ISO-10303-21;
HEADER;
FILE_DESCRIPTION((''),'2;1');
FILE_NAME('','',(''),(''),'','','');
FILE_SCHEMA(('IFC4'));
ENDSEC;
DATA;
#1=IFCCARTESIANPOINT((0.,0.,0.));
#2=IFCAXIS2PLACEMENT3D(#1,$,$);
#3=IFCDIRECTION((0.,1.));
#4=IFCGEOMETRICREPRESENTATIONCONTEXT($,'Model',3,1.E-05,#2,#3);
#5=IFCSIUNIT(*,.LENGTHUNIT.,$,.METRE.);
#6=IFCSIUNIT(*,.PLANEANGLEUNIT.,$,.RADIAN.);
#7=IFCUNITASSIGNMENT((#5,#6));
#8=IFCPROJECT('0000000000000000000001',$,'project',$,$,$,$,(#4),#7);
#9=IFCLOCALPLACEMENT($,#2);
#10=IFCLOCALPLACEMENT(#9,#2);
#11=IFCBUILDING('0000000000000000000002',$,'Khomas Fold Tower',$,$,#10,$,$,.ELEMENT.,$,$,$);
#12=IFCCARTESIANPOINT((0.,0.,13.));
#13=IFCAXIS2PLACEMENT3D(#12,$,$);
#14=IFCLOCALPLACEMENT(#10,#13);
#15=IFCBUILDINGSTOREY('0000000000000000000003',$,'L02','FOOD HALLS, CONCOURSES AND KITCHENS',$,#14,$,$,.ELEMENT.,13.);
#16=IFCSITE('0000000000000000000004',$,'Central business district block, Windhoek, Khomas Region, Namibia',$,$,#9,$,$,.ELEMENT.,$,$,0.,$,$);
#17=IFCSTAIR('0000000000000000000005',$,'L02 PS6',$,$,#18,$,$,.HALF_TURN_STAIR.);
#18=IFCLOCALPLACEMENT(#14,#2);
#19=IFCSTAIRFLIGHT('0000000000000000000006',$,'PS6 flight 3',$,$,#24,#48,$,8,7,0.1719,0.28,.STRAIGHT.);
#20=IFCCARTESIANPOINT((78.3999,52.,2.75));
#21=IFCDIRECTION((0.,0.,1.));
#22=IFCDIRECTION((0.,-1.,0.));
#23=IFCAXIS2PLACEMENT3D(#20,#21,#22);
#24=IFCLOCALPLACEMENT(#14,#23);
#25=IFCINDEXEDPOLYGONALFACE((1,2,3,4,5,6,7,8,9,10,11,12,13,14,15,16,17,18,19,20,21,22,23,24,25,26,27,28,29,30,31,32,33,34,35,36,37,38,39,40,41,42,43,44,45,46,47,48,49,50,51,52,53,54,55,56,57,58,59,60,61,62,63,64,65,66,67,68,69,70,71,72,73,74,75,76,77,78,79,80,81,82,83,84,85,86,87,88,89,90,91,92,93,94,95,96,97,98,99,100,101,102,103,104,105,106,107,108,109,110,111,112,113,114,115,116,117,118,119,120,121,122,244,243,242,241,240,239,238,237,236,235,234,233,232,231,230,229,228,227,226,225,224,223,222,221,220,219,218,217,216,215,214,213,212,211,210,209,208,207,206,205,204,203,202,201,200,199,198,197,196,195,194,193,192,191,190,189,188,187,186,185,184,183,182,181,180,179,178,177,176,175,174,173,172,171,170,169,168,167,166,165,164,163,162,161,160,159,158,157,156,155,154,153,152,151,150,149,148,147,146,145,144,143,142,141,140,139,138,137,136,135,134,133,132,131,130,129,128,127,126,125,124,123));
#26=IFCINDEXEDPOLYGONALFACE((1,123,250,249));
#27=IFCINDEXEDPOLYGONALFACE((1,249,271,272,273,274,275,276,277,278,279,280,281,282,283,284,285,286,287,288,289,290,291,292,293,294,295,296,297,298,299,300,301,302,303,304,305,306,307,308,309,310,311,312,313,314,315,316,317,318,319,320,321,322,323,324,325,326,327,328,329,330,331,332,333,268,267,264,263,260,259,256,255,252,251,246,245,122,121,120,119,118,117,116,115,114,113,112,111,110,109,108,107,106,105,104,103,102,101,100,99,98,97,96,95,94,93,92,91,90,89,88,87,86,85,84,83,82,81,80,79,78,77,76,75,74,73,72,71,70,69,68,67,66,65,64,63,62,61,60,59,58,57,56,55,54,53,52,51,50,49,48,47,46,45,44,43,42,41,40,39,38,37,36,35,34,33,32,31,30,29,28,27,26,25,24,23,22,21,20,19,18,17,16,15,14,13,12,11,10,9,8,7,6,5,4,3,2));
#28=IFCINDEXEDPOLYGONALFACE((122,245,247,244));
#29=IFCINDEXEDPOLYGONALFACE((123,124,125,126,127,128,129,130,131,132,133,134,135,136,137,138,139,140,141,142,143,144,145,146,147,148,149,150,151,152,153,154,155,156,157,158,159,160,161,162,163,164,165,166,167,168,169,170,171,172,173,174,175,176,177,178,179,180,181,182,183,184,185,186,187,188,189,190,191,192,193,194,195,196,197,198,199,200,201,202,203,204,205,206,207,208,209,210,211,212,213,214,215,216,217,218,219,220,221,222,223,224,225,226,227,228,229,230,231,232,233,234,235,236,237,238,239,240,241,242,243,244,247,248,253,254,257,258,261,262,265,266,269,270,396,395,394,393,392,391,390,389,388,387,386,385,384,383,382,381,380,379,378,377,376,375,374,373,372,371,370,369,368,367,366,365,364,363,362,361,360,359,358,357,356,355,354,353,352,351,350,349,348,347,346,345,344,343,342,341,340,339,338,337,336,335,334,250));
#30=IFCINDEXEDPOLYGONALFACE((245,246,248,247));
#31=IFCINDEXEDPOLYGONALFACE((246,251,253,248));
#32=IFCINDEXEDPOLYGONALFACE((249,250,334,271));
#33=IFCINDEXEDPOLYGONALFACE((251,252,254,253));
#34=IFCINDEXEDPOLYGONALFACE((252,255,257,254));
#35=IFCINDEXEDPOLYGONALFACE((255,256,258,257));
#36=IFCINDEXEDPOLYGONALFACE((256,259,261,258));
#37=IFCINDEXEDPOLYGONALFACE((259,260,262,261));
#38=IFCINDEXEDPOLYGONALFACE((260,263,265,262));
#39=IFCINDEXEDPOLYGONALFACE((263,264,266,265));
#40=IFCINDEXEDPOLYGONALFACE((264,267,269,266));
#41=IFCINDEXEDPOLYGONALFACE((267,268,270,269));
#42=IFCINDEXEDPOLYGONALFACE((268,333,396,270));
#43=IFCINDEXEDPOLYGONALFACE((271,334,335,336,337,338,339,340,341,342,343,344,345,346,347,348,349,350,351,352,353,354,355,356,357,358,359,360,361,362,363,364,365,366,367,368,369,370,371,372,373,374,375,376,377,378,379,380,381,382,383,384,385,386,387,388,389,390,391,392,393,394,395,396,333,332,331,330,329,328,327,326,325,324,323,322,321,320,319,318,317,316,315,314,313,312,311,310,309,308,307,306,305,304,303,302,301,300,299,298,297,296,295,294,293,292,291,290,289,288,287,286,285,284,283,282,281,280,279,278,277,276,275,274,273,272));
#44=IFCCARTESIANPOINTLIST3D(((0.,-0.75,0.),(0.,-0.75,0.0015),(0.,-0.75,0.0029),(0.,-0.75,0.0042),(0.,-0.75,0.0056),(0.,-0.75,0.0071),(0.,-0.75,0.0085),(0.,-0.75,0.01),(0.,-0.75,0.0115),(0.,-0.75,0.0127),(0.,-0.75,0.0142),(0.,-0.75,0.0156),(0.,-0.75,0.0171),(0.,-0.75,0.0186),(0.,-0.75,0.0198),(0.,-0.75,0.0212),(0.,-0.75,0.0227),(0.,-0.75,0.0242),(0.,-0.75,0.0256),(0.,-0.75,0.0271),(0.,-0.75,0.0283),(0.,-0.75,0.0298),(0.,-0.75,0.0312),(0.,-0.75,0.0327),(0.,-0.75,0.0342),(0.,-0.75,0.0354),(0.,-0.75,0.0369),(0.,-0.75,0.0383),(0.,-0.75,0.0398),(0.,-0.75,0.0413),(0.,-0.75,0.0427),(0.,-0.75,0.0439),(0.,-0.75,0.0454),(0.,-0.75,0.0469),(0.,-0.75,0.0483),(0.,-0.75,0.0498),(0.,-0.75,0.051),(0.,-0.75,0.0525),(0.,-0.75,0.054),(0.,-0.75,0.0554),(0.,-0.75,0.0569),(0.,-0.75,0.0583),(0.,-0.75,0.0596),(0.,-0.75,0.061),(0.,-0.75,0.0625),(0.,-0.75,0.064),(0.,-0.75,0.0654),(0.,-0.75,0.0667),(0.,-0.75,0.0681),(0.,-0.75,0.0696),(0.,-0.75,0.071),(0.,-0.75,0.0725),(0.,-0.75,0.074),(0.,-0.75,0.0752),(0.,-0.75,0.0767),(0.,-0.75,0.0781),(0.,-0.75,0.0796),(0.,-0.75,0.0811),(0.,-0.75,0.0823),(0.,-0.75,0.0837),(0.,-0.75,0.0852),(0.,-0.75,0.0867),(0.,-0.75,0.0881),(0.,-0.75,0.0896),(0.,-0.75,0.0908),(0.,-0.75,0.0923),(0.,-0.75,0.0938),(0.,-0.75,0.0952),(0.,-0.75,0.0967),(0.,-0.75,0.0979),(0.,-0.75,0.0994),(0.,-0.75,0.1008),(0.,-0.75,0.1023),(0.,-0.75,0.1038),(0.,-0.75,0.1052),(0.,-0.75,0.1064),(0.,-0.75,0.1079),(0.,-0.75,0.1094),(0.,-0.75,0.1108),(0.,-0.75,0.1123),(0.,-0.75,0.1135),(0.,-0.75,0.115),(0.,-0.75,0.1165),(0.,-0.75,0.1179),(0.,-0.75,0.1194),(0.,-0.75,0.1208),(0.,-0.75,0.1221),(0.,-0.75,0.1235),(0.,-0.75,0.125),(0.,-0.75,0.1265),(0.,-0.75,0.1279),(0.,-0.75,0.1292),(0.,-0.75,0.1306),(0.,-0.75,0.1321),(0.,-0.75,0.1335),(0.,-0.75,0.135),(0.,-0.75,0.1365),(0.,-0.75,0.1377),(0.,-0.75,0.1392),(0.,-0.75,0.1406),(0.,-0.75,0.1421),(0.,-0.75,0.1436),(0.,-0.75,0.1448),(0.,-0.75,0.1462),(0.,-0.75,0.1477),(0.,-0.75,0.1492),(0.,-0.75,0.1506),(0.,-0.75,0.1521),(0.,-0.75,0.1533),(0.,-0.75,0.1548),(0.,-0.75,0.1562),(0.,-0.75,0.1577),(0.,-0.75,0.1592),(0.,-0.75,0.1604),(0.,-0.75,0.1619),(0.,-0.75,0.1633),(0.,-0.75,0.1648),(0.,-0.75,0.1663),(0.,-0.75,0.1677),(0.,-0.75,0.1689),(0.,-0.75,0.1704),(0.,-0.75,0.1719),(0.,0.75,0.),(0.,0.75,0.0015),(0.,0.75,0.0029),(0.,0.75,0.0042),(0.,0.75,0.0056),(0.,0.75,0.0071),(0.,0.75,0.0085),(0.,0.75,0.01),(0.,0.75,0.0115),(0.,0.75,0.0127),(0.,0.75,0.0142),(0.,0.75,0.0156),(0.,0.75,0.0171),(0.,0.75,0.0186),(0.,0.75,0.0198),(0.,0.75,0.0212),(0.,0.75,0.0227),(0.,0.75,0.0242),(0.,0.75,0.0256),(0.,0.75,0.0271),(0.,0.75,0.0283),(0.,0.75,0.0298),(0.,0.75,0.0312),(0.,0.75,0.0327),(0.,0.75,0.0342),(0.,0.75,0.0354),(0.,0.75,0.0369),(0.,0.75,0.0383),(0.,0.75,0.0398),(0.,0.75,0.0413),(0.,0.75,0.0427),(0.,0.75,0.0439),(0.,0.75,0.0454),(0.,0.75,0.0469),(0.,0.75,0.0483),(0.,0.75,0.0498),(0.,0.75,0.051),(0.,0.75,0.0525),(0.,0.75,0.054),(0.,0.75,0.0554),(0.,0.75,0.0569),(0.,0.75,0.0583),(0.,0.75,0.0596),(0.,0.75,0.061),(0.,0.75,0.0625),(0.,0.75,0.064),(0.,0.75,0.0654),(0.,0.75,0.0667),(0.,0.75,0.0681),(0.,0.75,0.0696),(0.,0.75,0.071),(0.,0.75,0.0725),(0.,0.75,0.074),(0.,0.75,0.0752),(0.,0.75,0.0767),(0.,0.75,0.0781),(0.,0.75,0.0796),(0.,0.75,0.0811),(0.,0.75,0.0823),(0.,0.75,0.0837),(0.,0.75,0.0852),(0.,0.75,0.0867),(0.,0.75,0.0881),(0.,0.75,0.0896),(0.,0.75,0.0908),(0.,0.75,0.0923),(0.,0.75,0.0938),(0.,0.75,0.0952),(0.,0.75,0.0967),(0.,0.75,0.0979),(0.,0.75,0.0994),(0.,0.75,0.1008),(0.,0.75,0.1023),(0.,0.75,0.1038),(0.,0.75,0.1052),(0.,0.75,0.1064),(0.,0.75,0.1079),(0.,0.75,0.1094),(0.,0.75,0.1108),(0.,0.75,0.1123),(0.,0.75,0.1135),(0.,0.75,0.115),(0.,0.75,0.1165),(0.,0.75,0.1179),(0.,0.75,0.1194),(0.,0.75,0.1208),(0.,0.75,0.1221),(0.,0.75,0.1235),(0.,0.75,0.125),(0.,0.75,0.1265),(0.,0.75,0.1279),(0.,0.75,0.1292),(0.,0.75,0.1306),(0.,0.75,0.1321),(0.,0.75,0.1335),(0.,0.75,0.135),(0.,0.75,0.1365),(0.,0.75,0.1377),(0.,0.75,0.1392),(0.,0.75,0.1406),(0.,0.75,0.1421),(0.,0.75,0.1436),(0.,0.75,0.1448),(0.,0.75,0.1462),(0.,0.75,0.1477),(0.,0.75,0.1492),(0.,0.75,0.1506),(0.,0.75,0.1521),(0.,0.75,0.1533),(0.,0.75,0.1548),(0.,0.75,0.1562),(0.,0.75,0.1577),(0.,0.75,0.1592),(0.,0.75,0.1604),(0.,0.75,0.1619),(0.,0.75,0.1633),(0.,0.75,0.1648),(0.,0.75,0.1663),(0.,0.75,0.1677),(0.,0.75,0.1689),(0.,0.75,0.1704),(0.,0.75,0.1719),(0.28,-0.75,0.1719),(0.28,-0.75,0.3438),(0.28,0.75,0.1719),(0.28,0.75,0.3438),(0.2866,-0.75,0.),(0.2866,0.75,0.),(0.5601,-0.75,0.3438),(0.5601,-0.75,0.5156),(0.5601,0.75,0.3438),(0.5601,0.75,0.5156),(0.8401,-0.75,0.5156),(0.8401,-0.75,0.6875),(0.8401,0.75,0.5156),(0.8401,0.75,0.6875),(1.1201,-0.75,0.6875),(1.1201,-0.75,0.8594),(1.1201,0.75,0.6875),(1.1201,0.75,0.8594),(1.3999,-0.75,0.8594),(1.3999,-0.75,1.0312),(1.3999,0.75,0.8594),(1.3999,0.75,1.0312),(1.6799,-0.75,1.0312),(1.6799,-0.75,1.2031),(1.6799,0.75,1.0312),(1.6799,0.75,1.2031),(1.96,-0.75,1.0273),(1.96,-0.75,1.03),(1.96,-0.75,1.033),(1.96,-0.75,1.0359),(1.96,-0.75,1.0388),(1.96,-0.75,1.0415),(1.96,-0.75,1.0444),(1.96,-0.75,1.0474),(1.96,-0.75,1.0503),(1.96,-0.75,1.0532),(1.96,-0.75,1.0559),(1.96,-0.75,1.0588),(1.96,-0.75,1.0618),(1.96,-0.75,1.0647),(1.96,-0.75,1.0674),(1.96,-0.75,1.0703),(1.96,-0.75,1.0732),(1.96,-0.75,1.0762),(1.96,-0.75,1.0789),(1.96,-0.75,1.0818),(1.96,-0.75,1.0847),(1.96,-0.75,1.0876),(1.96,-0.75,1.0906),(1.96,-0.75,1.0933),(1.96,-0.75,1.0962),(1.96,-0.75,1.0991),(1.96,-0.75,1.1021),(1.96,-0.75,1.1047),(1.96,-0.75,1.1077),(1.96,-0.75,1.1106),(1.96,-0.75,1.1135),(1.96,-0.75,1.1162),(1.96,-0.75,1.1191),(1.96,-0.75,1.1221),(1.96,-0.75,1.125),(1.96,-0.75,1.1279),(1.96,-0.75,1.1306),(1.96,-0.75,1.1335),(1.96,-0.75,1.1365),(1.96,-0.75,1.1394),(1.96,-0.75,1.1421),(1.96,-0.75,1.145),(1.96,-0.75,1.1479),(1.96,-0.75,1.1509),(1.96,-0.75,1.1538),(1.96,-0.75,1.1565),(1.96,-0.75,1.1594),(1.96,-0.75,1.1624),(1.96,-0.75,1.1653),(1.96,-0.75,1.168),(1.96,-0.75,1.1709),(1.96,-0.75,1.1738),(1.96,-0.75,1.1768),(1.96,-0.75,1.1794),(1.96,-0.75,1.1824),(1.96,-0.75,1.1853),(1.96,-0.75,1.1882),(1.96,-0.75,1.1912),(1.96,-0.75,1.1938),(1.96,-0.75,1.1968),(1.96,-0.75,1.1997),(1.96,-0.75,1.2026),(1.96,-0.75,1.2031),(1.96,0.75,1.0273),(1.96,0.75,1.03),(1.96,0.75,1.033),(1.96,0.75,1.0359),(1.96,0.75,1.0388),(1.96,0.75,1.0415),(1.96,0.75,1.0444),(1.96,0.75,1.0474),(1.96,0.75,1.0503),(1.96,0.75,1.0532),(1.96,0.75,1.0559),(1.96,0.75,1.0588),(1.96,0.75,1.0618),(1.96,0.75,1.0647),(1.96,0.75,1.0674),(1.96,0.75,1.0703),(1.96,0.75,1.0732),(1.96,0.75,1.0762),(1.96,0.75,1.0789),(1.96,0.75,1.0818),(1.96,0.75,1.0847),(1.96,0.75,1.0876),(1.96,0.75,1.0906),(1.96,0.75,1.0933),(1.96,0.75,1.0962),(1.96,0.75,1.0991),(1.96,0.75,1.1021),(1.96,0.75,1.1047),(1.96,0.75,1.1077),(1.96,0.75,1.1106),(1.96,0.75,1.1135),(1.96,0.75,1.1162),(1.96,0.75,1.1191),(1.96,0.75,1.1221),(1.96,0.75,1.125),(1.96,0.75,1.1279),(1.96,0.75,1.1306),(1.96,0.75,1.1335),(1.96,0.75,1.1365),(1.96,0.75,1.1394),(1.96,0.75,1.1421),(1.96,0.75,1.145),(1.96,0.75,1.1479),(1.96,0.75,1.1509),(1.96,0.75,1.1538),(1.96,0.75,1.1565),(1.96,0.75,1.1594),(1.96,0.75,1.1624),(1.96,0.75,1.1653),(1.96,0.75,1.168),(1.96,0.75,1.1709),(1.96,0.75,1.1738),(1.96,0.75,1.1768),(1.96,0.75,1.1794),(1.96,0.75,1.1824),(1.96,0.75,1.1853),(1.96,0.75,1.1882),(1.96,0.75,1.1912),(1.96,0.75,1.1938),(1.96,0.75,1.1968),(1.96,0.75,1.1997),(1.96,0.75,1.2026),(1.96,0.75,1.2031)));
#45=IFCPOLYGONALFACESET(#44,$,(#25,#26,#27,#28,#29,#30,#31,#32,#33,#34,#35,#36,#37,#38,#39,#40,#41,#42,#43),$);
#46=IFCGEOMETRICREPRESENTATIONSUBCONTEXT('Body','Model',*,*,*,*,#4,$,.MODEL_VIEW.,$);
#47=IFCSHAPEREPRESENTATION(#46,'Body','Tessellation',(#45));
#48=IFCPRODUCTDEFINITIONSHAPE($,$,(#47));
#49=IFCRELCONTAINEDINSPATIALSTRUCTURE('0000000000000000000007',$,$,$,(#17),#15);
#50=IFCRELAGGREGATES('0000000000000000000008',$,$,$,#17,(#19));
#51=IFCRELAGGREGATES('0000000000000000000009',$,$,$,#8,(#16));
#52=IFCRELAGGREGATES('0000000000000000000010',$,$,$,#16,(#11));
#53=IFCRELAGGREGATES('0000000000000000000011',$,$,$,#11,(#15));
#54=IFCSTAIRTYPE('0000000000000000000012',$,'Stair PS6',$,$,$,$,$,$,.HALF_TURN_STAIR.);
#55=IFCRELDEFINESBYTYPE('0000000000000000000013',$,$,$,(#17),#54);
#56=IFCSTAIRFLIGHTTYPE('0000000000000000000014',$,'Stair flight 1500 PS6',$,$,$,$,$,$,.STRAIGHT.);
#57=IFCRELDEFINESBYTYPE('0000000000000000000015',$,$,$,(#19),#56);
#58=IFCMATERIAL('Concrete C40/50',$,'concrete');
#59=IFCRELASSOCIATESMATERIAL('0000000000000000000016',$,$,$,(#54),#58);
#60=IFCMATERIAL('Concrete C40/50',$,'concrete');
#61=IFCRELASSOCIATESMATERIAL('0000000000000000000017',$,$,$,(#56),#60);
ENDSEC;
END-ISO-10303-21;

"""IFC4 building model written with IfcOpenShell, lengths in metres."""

from ifc_helpers import new_model, si_unit, direction, frame, origin, place, context, subcontext, project, spatial, polyline, outline, extrude, source, transform, mapped, material, type_object, element, aggregate, save


model = new_model("IFC4")

# Units and contexts
model_context = context("Model", 3, precision=1e-05, world=origin(), true_north=direction((0.0, 1.0)))
body_context = subcontext(model_context, "Body", "Model", "MODEL_VIEW")
ifc_project = project(units=[si_unit("LENGTHUNIT", "METRE"), si_unit("PLANEANGLEUNIT", "RADIAN")], contexts=[model_context])

# Site, building, storey
site_placement = place(None, origin())
site = spatial("IfcSite", under=ifc_project, at=site_placement, Name="Central business district block, Windhoek, Khomas Region, Namibia", CompositionType="ELEMENT", RefElevation=0.0)
building_placement = place(site_placement, origin())
building = spatial("IfcBuilding", under=site, at=building_placement, Name="Khomas Fold Tower", CompositionType="ELEMENT")
storey_placement = place(building_placement, frame((0.0, 0.0, 13.0)))
storey = spatial("IfcBuildingStorey", under=building, at=storey_placement, Name="L02", Description="FOOD HALLS, CONCOURSES AND KITCHENS", CompositionType="ELEMENT", Elevation=13.0)

# Stair, stair flight
shared_shape_1 = source(origin(), body_context, "Body", "SweptSolid", [
    extrude(outline(polyline([(0.0, 0.0), (0.0, 0.0015), (0.0, 0.0029), (0.0, 0.0042), (0.0, 0.0056), (0.0, 0.0071), (0.0, 0.0085), (0.0, 0.01), (0.0, 0.0115), (0.0, 0.0127), (0.0, 0.0142), (0.0, 0.0156), (0.0, 0.0171), (0.0, 0.0186), (0.0, 0.0198), (0.0, 0.0212), (0.0, 0.0227), (0.0, 0.0242), (0.0, 0.0256), (0.0, 0.0271), (0.0, 0.0283), (0.0, 0.0298), (0.0, 0.0312), (0.0, 0.0327), (0.0, 0.0342), (0.0, 0.0354), (0.0, 0.0369), (0.0, 0.0383), (0.0, 0.0398), (0.0, 0.0413), (0.0, 0.0427), (0.0, 0.0439), (0.0, 0.0454), (0.0, 0.0469), (0.0, 0.0483), (0.0, 0.0498), (0.0, 0.051), (0.0, 0.0525), (0.0, 0.054), (0.0, 0.0554), (0.0, 0.0569), (0.0, 0.0583), (0.0, 0.0596), (0.0, 0.061), (0.0, 0.0625), (0.0, 0.064), (0.0, 0.0654), (0.0, 0.0667), (0.0, 0.0681), (0.0, 0.0696), (0.0, 0.071), (0.0, 0.0725), (0.0, 0.074), (0.0, 0.0752), (0.0, 0.0767), (0.0, 0.0781), (0.0, 0.0796), (0.0, 0.0811), (0.0, 0.0823), (0.0, 0.0837), (0.0, 0.0852), (0.0, 0.0867), (0.0, 0.0881), (0.0, 0.0896), (0.0, 0.0908), (0.0, 0.0923), (0.0, 0.0938), (0.0, 0.0952), (0.0, 0.0967), (0.0, 0.0979), (0.0, 0.0994), (0.0, 0.1008), (0.0, 0.1023), (0.0, 0.1038), (0.0, 0.1052), (0.0, 0.1064), (0.0, 0.1079), (0.0, 0.1094), (0.0, 0.1108), (0.0, 0.1123), (0.0, 0.1135), (0.0, 0.115), (0.0, 0.1165), (0.0, 0.1179), (0.0, 0.1194), (0.0, 0.1208), (0.0, 0.1221), (0.0, 0.1235), (0.0, 0.125), (0.0, 0.1265), (0.0, 0.1279), (0.0, 0.1292), (0.0, 0.1306), (0.0, 0.1321), (0.0, 0.1335), (0.0, 0.135), (0.0, 0.1365), (0.0, 0.1377), (0.0, 0.1392), (0.0, 0.1406), (0.0, 0.1421), (0.0, 0.1436), (0.0, 0.1448), (0.0, 0.1462), (0.0, 0.1477), (0.0, 0.1492), (0.0, 0.1506), (0.0, 0.1521), (0.0, 0.1533), (0.0, 0.1548), (0.0, 0.1562), (0.0, 0.1577), (0.0, 0.1592), (0.0, 0.1604), (0.0, 0.1619), (0.0, 0.1633), (0.0, 0.1648), (0.0, 0.1663), (0.0, 0.1677), (0.0, 0.1689), (0.0, 0.1704), (0.0, 0.1719), (0.28, 0.1719), (0.28, 0.3438), (0.5601, 0.3438), (0.5601, 0.5156), (0.8401, 0.5156), (0.8401, 0.6875), (1.1201, 0.6875), (1.1201, 0.8594), (1.3999, 0.8594), (1.3999, 1.0312), (1.6799, 1.0312), (1.6799, 1.2031), (1.96, 1.2031), (1.96, 1.375), (1.96, 1.3721), (1.96, 1.3691), (1.96, 1.3665), (1.96, 1.3635), (1.96, 1.3606), (1.96, 1.3577), (1.96, 1.355), (1.96, 1.3521), (1.96, 1.3491), (1.96, 1.3462), (1.96, 1.3435), (1.96, 1.3406), (1.96, 1.3376), (1.96, 1.3347), (1.96, 1.3318), (1.96, 1.3291), (1.96, 1.3262), (1.96, 1.3232), (1.96, 1.3203), (1.96, 1.3176), (1.96, 1.3147), (1.96, 1.3118), (1.96, 1.3088), (1.96, 1.3059), (1.96, 1.3032), (1.96, 1.3003), (1.96, 1.2974), (1.96, 1.2944), (1.96, 1.2917), (1.96, 1.2888), (1.96, 1.2859), (1.96, 1.283), (1.96, 1.2803), (1.96, 1.2773), (1.96, 1.2744), (1.96, 1.2715), (1.96, 1.2686), (1.96, 1.2659), (1.96, 1.2629), (1.96, 1.26), (1.96, 1.2571), (1.96, 1.2544), (1.96, 1.2515), (1.96, 1.2485), (1.96, 1.2456), (1.96, 1.2427), (1.96, 1.24), (1.96, 1.2371), (1.96, 1.2341), (1.96, 1.2312), (1.96, 1.2285), (1.96, 1.2256), (1.96, 1.2227), (1.96, 1.2197), (1.96, 1.217), (1.96, 1.2141), (1.96, 1.2112), (1.96, 1.2083), (1.96, 1.2053), (1.96, 1.2026), (1.96, 1.1997), (1.96, 1.1968), (1.96, 1.1938), (1.96, 1.1912), (1.96, 1.1882), (1.96, 1.1853), (1.96, 1.1824), (1.96, 1.1794), (1.96, 1.1768), (1.96, 1.1738), (1.96, 1.1709), (1.96, 1.168), (1.96, 1.1653), (1.96, 1.1624), (1.96, 1.1594), (1.96, 1.1565), (1.96, 1.1538), (1.96, 1.1509), (1.96, 1.1479), (1.96, 1.145), (1.96, 1.1421), (1.96, 1.1394), (1.96, 1.1365), (1.96, 1.1335), (1.96, 1.1306), (1.96, 1.1279), (1.96, 1.125), (1.96, 1.1221), (1.96, 1.1191), (1.96, 1.1162), (1.96, 1.1135), (1.96, 1.1106), (1.96, 1.1077), (1.96, 1.1047), (1.96, 1.1021), (1.96, 1.0991), (1.96, 1.0962), (1.96, 1.0933), (1.96, 1.0906), (1.96, 1.0876), (1.96, 1.0847), (1.96, 1.0818), (1.96, 1.0789), (1.96, 1.0762), (1.96, 1.0732), (1.96, 1.0703), (1.96, 1.0674), (1.96, 1.0647), (1.96, 1.0618), (1.96, 1.0588), (1.96, 1.0559), (1.96, 1.0532), (1.96, 1.0503), (1.96, 1.0474), (1.96, 1.0444), (1.96, 1.0415), (1.96, 1.0388), (1.96, 1.0359), (1.96, 1.033), (1.96, 1.03), (1.96, 1.0273), (0.2866, 0.0), (0.0, 0.0)])), frame((0.0, 0.75, 0.0), z_axis=(0.0, -1.0, 0.0), x_axis=(1.0, 0.0, 0.0)), (0.0, 0.0, 1.0), 1.5),
])
ifc_material_1 = material(Name="Concrete C40/50", Category="concrete")
stair_type_1 = type_object("IfcStairType", Name="Stair PS6", PredefinedType="HALF_TURN_STAIR", material=ifc_material_1)
stair_1_placement = place(storey_placement, origin())
stair_1 = element("IfcStair", 1, at=stair_1_placement, inside=storey, type_object=stair_type_1, Name="L02 PS6", PredefinedType="HALF_TURN_STAIR")
ifc_material_2 = material(Name="Concrete C40/50", Category="concrete")
stair_flight_type_1 = type_object("IfcStairFlightType", Name="Stair flight 1500 PS6", PredefinedType="STRAIGHT", material=ifc_material_2)
stair_flight_1_placement = place(storey_placement, frame((78.3999, 52.0, 2.75), z_axis=(0.0, 0.0, 1.0), x_axis=(0.0, -1.0, 0.0)))
stair_flight_1 = element("IfcStairFlight", 2, at=stair_flight_1_placement, type_object=stair_flight_type_1, Name="PS6 flight 3", NumberOfRisers=8, NumberOfTreads=7, PredefinedType="STRAIGHT", RiserHeight=0.1719, TreadLength=0.28, context=body_context, shape_type="MappedRepresentation", body=[
    mapped(shared_shape_1, transform((0.0, 0.0, 0.0))),
])
aggregate(stair_1, [stair_flight_1])

save(model, "model.ifc")
